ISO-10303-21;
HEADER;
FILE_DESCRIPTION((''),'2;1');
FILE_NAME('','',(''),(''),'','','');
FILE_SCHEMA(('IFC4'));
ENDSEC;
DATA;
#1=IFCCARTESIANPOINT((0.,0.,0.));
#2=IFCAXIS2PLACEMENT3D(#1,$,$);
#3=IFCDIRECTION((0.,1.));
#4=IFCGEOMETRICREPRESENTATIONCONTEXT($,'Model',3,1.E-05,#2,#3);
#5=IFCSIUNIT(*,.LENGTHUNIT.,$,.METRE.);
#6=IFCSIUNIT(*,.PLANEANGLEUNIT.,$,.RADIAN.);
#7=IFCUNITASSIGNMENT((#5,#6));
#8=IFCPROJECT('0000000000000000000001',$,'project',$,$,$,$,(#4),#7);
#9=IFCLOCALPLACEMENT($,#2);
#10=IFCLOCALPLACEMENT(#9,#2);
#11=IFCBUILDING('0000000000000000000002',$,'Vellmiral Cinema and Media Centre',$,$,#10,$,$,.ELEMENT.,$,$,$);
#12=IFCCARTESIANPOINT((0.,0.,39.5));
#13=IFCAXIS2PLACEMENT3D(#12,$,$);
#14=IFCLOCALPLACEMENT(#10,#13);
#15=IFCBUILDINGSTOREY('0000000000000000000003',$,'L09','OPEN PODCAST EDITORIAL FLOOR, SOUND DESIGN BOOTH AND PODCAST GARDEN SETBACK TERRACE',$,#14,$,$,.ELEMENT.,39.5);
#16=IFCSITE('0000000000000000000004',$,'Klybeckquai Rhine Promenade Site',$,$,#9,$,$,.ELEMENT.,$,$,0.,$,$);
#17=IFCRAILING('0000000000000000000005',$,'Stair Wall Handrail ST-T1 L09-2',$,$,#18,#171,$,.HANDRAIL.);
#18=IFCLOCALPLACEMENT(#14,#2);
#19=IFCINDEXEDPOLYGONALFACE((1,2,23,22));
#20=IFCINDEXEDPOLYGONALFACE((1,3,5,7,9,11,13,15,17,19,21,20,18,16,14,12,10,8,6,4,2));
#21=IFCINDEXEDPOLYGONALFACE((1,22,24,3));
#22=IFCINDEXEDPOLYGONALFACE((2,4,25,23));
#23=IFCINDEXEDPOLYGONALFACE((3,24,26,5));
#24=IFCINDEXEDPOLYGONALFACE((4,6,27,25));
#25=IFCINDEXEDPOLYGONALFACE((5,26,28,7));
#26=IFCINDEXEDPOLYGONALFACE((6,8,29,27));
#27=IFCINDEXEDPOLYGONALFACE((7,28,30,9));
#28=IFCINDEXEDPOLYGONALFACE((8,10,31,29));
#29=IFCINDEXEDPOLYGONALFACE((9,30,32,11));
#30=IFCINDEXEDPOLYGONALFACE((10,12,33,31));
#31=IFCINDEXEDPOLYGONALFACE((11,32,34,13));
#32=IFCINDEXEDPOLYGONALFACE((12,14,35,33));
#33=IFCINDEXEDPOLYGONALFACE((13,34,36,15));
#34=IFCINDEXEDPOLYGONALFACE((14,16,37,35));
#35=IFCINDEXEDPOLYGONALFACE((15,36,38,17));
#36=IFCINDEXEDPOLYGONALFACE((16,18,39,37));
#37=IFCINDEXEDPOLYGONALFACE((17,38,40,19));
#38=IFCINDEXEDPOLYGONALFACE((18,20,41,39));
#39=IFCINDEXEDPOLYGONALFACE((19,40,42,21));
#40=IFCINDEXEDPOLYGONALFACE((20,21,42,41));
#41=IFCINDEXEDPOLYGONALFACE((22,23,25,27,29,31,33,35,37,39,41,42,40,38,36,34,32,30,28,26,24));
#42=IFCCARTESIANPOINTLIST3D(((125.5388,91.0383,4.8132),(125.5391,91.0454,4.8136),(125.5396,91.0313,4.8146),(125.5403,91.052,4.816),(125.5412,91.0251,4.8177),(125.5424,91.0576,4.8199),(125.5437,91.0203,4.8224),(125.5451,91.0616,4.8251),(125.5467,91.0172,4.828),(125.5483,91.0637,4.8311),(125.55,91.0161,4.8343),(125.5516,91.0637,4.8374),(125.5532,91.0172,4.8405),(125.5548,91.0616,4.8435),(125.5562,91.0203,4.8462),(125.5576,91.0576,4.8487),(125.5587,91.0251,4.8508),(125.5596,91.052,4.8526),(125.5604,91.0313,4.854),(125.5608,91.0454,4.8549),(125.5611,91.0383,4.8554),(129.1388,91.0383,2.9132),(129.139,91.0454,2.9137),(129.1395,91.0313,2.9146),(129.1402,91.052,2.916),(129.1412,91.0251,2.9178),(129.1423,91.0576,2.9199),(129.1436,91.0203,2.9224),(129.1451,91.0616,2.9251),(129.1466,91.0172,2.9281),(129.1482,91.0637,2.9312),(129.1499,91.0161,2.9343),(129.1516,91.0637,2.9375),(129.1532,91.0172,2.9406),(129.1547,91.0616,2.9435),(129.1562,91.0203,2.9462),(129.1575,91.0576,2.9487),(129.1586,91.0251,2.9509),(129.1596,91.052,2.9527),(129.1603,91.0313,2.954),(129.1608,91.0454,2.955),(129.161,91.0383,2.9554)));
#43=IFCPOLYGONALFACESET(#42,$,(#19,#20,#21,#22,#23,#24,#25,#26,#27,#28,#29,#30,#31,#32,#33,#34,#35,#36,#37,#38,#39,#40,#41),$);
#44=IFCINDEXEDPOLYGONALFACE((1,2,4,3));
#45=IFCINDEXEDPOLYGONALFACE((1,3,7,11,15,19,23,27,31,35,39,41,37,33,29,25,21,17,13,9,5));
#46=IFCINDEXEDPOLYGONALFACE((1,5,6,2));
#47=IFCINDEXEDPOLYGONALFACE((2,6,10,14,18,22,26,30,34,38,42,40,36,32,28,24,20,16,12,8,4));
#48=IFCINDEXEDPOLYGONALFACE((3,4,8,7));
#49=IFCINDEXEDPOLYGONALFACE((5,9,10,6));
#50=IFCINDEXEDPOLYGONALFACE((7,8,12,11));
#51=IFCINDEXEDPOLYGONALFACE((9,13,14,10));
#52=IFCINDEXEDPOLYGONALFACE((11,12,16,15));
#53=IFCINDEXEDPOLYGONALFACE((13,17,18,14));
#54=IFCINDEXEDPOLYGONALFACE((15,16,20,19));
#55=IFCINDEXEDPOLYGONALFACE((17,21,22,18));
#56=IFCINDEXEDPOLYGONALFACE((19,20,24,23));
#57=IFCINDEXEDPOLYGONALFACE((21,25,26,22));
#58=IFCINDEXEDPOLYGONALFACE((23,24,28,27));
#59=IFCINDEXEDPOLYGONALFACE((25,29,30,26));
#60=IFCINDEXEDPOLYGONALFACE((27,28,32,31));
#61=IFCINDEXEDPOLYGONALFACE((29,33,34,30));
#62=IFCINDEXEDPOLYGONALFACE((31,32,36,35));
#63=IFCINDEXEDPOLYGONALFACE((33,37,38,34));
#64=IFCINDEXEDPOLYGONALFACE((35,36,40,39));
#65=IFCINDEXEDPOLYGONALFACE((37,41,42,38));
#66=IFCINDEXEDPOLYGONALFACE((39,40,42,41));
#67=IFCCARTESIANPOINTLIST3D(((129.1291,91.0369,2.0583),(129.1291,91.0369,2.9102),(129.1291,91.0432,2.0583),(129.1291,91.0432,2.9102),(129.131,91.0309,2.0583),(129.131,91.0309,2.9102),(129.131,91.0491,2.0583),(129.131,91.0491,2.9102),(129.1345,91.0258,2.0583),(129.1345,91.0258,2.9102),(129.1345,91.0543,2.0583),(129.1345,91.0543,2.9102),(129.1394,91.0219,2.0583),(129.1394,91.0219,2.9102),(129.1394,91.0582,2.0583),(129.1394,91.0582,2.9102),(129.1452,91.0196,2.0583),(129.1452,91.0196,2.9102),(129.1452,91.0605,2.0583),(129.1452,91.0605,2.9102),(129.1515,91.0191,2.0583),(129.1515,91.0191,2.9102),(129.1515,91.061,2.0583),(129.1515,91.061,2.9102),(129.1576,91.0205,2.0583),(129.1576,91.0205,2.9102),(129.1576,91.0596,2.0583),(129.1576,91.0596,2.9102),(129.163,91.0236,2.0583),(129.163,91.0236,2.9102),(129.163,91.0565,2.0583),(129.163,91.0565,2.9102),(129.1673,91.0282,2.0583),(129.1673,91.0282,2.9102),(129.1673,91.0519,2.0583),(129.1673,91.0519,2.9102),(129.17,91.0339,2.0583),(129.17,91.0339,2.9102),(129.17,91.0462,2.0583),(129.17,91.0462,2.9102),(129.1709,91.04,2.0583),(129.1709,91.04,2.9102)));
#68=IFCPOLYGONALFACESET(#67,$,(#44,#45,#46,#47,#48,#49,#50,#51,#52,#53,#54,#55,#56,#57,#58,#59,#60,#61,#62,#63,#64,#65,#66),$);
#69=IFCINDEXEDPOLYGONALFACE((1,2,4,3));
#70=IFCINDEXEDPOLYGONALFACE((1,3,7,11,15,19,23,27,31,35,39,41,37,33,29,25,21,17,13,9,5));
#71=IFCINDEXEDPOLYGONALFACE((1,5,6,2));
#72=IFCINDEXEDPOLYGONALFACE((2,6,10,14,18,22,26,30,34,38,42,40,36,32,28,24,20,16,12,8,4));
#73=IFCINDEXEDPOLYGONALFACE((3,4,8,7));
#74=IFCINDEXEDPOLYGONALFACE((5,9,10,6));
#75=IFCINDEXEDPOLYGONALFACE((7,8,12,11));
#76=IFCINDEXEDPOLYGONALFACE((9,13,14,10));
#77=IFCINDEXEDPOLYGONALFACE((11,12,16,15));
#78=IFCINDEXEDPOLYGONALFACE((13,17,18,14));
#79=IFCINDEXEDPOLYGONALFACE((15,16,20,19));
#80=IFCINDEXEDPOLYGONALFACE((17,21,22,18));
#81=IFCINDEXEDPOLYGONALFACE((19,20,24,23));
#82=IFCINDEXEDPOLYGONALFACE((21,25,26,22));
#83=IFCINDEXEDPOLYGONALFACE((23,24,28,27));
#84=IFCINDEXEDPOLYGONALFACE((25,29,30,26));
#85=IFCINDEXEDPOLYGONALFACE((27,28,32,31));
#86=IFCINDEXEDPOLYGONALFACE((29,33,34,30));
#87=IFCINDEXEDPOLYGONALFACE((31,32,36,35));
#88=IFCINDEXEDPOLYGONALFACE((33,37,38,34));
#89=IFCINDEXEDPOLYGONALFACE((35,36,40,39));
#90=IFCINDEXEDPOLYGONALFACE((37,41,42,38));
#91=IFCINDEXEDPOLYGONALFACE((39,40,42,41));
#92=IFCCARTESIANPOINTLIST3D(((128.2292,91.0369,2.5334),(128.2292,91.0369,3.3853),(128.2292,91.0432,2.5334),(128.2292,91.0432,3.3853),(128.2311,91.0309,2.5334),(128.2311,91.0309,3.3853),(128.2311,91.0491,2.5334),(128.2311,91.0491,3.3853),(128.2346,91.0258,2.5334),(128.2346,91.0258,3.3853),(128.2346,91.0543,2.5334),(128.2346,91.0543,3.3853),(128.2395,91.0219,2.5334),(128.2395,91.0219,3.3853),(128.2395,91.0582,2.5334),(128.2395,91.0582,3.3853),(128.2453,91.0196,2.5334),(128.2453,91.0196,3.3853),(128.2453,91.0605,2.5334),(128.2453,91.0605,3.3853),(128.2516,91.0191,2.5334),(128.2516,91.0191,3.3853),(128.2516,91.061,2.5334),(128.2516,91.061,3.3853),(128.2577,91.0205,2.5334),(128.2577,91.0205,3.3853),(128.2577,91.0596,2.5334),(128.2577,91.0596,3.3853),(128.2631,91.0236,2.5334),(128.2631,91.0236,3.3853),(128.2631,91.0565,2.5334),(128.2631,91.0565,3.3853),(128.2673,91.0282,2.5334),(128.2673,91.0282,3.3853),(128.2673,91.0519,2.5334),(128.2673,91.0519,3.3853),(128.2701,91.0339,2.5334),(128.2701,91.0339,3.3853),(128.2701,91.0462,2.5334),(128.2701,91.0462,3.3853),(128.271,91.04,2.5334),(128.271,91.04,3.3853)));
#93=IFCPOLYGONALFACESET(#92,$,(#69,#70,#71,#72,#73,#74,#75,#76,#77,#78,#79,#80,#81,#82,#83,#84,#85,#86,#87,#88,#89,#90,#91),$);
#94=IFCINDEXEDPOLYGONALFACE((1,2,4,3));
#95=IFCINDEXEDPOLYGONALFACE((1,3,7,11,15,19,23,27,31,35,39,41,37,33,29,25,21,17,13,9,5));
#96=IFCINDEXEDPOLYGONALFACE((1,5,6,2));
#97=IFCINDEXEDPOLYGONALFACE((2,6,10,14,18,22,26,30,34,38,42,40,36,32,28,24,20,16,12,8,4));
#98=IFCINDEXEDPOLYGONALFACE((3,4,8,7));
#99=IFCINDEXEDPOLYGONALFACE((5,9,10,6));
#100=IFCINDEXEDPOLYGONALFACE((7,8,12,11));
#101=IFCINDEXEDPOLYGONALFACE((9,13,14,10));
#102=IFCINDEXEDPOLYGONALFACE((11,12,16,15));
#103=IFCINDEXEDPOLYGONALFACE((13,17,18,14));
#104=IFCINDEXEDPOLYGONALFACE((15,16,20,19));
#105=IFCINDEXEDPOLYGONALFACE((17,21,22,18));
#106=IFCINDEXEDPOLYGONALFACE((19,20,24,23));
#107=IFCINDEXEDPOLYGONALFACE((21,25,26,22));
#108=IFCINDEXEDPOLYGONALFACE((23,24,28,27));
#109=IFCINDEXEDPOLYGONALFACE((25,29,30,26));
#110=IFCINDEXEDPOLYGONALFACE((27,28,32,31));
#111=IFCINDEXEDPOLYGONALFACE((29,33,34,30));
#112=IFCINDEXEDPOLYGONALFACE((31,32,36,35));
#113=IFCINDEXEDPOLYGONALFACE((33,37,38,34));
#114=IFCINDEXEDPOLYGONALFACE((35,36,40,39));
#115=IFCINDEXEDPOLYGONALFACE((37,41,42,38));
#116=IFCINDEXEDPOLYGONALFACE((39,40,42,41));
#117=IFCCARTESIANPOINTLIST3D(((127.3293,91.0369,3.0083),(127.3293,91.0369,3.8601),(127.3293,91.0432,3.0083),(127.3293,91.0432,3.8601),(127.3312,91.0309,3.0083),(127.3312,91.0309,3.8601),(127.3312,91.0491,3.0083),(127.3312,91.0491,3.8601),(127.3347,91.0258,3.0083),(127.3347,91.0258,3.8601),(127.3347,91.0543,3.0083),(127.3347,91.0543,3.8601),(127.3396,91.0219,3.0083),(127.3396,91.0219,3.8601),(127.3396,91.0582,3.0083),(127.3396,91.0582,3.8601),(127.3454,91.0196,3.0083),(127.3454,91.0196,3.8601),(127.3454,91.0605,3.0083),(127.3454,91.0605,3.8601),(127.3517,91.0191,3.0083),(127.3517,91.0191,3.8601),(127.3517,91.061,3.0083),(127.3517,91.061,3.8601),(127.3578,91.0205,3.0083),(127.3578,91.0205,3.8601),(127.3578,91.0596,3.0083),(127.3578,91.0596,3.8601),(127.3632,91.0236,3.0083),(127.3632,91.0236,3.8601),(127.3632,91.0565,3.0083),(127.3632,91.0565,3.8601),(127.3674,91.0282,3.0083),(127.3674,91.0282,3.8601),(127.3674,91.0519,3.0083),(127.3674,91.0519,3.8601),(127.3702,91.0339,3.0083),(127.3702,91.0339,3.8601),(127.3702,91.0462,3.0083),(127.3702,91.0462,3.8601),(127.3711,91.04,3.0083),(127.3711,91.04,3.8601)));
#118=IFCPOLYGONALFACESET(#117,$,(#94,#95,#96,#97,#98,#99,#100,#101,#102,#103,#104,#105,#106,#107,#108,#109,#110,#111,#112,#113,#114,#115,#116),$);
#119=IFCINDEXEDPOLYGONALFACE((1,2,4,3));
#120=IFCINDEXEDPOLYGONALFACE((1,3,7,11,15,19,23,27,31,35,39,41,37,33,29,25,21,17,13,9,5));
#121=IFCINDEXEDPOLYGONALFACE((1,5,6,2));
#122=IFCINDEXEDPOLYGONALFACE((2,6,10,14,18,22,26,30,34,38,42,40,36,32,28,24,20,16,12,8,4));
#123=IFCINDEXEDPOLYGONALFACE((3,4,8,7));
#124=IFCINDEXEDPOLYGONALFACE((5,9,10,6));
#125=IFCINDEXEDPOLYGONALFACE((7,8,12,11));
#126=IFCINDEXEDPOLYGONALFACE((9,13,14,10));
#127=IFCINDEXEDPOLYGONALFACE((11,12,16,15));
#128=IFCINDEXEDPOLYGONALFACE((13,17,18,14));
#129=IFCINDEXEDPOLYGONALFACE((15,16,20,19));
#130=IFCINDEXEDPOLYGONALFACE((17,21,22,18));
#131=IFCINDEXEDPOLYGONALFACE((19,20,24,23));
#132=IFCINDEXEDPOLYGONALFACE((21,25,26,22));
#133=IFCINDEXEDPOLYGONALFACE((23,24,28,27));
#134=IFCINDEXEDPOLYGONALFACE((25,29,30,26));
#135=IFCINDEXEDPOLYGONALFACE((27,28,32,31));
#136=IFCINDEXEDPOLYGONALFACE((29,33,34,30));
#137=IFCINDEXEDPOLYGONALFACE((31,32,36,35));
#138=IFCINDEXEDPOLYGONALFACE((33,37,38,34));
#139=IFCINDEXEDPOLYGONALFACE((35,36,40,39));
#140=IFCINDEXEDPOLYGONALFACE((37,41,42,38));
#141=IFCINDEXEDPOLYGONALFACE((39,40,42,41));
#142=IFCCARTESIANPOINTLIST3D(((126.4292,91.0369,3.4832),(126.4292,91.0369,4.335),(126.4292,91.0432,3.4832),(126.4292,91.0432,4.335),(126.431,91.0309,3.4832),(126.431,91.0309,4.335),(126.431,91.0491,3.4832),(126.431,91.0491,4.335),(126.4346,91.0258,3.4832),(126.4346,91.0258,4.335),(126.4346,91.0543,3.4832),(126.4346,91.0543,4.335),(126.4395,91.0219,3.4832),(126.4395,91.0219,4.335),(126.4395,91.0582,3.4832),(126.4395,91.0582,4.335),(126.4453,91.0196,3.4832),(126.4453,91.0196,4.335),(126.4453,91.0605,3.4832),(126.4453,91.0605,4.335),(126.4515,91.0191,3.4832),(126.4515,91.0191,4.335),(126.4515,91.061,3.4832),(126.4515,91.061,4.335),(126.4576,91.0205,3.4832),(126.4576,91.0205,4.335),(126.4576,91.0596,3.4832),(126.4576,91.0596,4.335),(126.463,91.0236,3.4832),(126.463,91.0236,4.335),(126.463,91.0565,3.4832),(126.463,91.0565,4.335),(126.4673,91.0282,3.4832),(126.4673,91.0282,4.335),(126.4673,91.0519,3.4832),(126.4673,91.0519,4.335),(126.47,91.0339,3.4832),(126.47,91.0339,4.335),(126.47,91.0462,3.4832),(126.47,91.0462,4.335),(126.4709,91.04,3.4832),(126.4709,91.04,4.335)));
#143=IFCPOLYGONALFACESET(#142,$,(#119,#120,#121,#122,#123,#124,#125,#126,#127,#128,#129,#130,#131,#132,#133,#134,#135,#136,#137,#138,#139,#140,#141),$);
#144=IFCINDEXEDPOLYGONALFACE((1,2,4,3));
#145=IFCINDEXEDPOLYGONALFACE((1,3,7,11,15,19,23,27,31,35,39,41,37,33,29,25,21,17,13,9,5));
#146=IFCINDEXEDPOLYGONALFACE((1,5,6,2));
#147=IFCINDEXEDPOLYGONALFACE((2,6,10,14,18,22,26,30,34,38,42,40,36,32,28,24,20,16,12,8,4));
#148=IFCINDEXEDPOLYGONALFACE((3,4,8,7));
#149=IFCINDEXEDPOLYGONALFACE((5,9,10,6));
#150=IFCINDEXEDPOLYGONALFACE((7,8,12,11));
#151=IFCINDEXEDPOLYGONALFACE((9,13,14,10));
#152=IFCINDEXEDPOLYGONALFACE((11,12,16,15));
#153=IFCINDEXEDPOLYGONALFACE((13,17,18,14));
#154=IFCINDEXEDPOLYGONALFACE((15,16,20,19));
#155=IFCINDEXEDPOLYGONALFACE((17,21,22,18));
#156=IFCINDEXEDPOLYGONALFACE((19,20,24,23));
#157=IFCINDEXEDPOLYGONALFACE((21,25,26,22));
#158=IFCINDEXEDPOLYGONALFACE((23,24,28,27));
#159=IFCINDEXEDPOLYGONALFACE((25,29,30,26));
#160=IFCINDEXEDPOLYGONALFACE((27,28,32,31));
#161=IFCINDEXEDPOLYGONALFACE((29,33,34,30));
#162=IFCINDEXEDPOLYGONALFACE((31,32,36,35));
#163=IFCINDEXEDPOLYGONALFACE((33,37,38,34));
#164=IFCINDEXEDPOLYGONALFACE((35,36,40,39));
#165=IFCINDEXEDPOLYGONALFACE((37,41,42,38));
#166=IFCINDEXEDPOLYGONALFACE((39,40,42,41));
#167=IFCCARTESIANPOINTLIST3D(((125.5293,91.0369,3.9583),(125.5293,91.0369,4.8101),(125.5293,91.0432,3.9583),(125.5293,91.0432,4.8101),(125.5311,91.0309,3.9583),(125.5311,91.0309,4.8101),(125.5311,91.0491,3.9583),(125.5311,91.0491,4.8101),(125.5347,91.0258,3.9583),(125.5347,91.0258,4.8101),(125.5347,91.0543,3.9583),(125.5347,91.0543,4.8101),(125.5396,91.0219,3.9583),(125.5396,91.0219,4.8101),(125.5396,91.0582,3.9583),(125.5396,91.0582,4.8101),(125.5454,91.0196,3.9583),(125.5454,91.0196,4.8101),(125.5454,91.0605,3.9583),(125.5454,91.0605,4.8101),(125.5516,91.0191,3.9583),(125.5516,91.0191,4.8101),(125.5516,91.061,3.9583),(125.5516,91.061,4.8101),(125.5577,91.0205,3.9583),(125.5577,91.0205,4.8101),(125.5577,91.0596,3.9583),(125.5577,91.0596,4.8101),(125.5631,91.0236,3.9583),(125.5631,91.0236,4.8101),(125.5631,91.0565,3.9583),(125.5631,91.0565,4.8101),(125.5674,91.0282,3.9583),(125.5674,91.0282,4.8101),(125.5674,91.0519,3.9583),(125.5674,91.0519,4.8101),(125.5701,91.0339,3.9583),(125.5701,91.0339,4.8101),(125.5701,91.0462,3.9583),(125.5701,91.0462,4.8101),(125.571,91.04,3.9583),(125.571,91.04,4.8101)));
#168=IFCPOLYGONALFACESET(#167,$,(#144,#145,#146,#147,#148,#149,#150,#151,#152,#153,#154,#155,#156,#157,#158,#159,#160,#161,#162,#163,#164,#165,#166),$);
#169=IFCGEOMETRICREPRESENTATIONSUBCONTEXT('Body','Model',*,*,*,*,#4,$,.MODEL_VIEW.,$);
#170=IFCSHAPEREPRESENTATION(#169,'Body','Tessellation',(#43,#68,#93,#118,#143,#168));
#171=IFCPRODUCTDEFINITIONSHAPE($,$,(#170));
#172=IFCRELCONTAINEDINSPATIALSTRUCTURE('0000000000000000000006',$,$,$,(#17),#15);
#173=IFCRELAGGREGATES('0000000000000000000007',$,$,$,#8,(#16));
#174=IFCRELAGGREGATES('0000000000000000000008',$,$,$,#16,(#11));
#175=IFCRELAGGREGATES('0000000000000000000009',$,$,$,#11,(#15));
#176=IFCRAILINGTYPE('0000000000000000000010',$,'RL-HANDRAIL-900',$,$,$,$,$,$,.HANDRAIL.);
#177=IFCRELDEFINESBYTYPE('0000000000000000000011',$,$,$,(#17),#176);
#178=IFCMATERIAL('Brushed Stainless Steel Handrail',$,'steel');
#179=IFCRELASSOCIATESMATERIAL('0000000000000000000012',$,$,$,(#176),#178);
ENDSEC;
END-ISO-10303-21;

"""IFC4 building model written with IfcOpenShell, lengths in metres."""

from ifc_helpers import new_model, si_unit, direction, frame, origin, origin_2d, place, context, subcontext, project, spatial, circle, extrude, material, type_object, element, save


model = new_model("IFC4")

# Units and contexts
model_context = context("Model", 3, precision=1e-05, world=origin(), true_north=direction((0.0, 1.0)))
body_context = subcontext(model_context, "Body", "Model", "MODEL_VIEW")
ifc_project = project(units=[si_unit("LENGTHUNIT", "METRE"), si_unit("PLANEANGLEUNIT", "RADIAN")], contexts=[model_context])

# Site, building, storey
site_placement = place(None, origin())
site = spatial("IfcSite", under=ifc_project, at=site_placement, Name="Klybeckquai Rhine Promenade Site", CompositionType="ELEMENT", RefElevation=0.0)
building_placement = place(site_placement, origin())
building = spatial("IfcBuilding", under=site, at=building_placement, Name="Vellmiral Cinema and Media Centre", CompositionType="ELEMENT")
storey_placement = place(building_placement, frame((0.0, 0.0, 39.5)))
storey = spatial("IfcBuildingStorey", under=building, at=storey_placement, Name="L09", Description="OPEN PODCAST EDITORIAL FLOOR, SOUND DESIGN BOOTH AND PODCAST GARDEN SETBACK TERRACE", CompositionType="ELEMENT", Elevation=39.5)

# Railing
ifc_material_1 = material(Name="Brushed Stainless Steel Handrail", Category="steel")
railing_type_1 = type_object("IfcRailingType", Name="RL-HANDRAIL-900", PredefinedType="HANDRAIL", material=ifc_material_1)
railing_1_placement = place(storey_placement, frame((129.1499, 91.04, 2.0583)))
element("IfcRailing", 1, at=railing_1_placement, inside=storey, type_object=railing_type_1, Name="Stair Wall Handrail ST-T1 L09-2", PredefinedType="HANDRAIL", context=body_context, shape_type="SweptSolid", body=[
    extrude(circle(Radius=0.0239, at=origin_2d()), frame((0.0, 0.0, 0.876), z_axis=(-0.884387, 0.0, 0.466755), x_axis=(0.0, -1.0, 0.0)), (0.0, 0.0, 1.0), 4.0706),
    extrude(circle(Radius=0.021, at=origin_2d()), origin(), (0.0, 0.0, 1.0), 0.8518),
    extrude(circle(Radius=0.021, at=origin_2d()), frame((-0.8999, 0.0, 0.4751)), (0.0, 0.0, 1.0), 0.8518),
    extrude(circle(Radius=0.021, at=origin_2d()), frame((-1.7998, 0.0, 0.95)), (0.0, 0.0, 1.0), 0.8518),
    extrude(circle(Radius=0.021, at=origin_2d()), frame((-2.7, 0.0, 1.4248)), (0.0, 0.0, 1.0), 0.8518),
    extrude(circle(Radius=0.021, at=origin_2d()), frame((-3.5999, 0.0, 1.8999)), (0.0, 0.0, 1.0), 0.8518),
])

save(model, "model.ifc")
